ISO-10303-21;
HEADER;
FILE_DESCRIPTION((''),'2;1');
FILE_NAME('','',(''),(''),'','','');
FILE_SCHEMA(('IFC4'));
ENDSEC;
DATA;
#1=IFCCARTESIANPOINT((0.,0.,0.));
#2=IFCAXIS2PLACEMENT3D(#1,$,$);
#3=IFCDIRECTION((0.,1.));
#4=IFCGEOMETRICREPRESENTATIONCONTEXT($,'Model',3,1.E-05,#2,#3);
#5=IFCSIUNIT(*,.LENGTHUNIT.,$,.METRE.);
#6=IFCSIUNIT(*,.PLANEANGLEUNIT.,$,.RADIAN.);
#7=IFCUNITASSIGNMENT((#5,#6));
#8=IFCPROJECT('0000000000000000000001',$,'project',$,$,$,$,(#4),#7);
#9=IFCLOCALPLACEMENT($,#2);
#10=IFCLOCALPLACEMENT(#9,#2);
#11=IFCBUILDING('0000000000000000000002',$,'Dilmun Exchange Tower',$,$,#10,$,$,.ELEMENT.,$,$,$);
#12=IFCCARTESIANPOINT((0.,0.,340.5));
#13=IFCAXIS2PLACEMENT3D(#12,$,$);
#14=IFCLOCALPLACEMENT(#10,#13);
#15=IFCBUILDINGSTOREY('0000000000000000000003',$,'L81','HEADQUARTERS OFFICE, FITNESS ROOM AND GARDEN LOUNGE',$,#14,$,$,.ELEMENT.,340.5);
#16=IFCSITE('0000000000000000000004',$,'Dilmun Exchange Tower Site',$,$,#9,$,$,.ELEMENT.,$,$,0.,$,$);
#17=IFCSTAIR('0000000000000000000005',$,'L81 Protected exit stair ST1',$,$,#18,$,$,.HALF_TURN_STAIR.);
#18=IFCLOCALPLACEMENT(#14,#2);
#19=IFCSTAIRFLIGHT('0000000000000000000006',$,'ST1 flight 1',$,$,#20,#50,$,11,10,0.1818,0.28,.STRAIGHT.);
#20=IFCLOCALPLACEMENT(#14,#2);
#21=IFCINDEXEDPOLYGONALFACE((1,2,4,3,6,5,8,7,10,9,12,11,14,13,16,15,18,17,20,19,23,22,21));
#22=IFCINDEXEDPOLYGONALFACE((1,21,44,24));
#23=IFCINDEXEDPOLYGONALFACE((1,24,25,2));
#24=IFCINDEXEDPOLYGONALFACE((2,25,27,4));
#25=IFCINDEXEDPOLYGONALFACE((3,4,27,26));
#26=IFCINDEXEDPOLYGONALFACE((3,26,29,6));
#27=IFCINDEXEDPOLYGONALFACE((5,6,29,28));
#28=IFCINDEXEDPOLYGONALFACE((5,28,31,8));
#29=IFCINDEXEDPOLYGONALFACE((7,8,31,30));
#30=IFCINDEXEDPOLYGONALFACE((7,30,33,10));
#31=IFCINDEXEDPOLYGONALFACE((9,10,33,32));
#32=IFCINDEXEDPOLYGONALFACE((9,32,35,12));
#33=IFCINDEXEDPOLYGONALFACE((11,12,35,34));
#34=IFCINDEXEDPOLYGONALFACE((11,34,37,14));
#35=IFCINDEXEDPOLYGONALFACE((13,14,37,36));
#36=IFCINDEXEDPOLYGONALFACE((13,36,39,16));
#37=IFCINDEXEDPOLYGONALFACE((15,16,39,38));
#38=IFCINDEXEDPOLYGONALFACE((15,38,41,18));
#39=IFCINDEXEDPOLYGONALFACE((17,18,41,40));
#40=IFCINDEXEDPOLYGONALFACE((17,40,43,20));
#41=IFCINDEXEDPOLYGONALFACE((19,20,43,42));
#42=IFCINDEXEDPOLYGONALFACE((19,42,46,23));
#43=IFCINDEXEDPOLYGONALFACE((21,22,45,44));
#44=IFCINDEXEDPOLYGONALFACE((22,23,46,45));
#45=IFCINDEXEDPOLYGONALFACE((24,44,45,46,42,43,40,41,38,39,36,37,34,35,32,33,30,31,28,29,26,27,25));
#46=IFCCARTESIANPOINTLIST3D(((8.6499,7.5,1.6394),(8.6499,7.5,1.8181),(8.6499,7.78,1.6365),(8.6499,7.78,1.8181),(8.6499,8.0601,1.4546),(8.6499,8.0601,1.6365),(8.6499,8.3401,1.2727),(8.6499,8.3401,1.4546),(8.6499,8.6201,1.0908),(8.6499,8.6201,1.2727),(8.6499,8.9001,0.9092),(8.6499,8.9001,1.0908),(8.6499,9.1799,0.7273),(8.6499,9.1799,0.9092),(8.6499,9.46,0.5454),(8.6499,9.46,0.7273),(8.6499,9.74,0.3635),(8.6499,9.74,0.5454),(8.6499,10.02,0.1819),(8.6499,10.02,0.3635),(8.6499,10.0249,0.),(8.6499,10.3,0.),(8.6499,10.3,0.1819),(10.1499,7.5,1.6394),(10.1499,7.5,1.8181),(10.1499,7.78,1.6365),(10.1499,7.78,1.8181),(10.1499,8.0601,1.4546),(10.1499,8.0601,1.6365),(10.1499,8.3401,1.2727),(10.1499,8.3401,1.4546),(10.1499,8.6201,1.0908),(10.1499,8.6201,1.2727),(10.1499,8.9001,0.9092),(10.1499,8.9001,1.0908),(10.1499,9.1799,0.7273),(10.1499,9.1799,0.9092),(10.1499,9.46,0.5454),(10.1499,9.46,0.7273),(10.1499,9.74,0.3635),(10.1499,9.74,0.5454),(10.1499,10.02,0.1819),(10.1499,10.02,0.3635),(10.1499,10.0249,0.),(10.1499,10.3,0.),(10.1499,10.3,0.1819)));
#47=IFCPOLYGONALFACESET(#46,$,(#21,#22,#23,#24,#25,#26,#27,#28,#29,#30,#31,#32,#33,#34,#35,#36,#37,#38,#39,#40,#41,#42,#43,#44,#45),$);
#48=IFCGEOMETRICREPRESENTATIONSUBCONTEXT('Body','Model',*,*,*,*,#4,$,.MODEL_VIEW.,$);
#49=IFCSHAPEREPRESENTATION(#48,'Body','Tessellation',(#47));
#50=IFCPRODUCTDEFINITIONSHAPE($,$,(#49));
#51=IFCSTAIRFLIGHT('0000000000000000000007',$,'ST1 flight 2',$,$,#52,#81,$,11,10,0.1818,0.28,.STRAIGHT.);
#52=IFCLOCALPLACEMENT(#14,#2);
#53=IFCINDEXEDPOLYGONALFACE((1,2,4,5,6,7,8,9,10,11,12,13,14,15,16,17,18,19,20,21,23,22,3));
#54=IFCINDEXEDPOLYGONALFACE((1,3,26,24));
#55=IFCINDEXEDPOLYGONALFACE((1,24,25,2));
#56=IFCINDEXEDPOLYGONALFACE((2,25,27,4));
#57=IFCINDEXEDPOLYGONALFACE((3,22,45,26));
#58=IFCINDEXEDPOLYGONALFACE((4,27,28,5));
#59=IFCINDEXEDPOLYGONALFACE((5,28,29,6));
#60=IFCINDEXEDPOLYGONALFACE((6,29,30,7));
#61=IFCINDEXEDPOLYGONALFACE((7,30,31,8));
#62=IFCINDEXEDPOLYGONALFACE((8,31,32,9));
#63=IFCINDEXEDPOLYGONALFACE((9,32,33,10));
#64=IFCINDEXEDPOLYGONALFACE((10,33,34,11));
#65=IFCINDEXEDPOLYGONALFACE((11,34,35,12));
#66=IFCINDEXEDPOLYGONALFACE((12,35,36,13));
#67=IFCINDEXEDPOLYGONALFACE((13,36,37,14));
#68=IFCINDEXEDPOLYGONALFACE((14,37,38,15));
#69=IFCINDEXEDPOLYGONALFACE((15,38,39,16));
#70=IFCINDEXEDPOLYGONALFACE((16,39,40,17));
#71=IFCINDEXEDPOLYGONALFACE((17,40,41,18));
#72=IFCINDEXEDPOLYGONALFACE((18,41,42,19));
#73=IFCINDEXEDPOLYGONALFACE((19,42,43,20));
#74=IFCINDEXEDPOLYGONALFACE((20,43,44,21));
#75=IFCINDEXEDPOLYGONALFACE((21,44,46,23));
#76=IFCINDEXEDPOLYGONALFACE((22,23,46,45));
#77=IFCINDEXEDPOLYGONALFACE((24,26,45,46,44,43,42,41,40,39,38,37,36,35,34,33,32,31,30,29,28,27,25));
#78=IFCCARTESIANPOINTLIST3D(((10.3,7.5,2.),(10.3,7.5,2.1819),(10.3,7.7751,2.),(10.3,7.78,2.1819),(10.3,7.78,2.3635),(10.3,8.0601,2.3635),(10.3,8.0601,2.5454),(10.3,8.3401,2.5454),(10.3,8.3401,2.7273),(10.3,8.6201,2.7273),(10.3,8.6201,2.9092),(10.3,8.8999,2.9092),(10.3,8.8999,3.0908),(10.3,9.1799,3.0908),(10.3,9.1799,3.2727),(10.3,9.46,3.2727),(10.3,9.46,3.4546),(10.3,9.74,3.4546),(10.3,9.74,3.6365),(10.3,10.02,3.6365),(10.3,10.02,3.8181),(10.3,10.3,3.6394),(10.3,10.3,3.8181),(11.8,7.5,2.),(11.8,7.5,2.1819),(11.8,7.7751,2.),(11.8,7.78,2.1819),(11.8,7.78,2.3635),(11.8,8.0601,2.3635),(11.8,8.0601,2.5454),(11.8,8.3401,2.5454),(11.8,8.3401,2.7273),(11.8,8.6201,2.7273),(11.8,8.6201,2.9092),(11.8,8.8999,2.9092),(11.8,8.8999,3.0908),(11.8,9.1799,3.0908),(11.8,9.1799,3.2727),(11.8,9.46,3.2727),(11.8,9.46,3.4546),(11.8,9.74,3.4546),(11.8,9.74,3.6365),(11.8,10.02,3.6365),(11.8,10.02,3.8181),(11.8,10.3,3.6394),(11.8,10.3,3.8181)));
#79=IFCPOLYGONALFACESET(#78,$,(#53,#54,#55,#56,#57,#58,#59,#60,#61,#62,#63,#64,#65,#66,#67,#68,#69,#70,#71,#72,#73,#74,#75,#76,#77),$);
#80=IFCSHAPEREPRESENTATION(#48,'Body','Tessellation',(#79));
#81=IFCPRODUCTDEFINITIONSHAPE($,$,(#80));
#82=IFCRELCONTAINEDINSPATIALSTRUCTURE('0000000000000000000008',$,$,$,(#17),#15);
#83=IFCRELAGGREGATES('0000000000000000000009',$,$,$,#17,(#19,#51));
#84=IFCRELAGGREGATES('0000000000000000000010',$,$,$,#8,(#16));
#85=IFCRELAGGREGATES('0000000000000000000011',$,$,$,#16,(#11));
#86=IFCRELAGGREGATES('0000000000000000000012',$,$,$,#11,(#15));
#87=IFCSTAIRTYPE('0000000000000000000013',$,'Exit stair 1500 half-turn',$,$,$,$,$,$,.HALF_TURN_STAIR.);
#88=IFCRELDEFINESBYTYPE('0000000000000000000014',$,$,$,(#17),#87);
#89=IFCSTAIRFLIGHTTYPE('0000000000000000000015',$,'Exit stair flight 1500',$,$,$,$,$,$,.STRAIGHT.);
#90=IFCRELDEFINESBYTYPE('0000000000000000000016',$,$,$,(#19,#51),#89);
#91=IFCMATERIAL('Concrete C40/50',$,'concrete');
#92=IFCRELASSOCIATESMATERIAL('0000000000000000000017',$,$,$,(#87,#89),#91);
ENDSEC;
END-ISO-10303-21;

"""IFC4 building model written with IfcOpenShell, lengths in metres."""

from ifc_helpers import new_model, si_unit, direction, frame, origin, place, context, subcontext, project, spatial, polyline, outline, extrude, material, type_object, element, aggregate, save


model = new_model("IFC4")

# Units and contexts
model_context = context("Model", 3, precision=1e-05, world=origin(), true_north=direction((0.0, 1.0)))
body_context = subcontext(model_context, "Body", "Model", "MODEL_VIEW")
ifc_project = project(units=[si_unit("LENGTHUNIT", "METRE"), si_unit("PLANEANGLEUNIT", "RADIAN")], contexts=[model_context])

# Site, building, storey
site_placement = place(None, origin())
site = spatial("IfcSite", under=ifc_project, at=site_placement, Name="Dilmun Exchange Tower Site", CompositionType="ELEMENT", RefElevation=0.0)
building_placement = place(site_placement, origin())
building = spatial("IfcBuilding", under=site, at=building_placement, Name="Dilmun Exchange Tower", CompositionType="ELEMENT")
storey_placement = place(building_placement, frame((0.0, 0.0, 340.5)))
storey = spatial("IfcBuildingStorey", under=building, at=storey_placement, Name="L81", Description="HEADQUARTERS OFFICE, FITNESS ROOM AND GARDEN LOUNGE", CompositionType="ELEMENT", Elevation=340.5)

# Shared definitions
ifc_material_1 = material(Name="Concrete C40/50", Category="concrete")

# Stair, stair flights
stair_type = type_object("IfcStairType", Name="Exit stair 1500 half-turn", PredefinedType="HALF_TURN_STAIR", material=ifc_material_1)
stair_placement = place(storey_placement, origin())
stair = element("IfcStair", 1, at=stair_placement, inside=storey, type_object=stair_type, Name="L81 Protected exit stair ST1", PredefinedType="HALF_TURN_STAIR")
stair_flight_type = type_object("IfcStairFlightType", Name="Exit stair flight 1500", PredefinedType="STRAIGHT", material=ifc_material_1)
stair_flight_1_placement = place(storey_placement, frame((9.3999, 10.3, 0.0), z_axis=(0.0, 0.0, 1.0), x_axis=(0.0, -1.0, 0.0)))
stair_flight_1 = element("IfcStairFlight", 2, at=stair_flight_1_placement, type_object=stair_flight_type, Name="ST1 flight 1", NumberOfRisers=11, NumberOfTreads=10, PredefinedType="STRAIGHT", RiserHeight=0.1818, TreadLength=0.28, context=body_context, shape_type="SweptSolid", body=[
    extrude(outline(polyline([(0.0, 0.0), (0.0, 0.1819), (0.28, 0.1819), (0.28, 0.3635), (0.5601, 0.3635), (0.5601, 0.5454), (0.8401, 0.5454), (0.8401, 0.7273), (1.1201, 0.7273), (1.1201, 0.9092), (1.3999, 0.9092), (1.3999, 1.0908), (1.6799, 1.0908), (1.6799, 1.2727), (1.96, 1.2727), (1.96, 1.4546), (2.24, 1.4546), (2.24, 1.6365), (2.52, 1.6365), (2.52, 1.8181), (2.8, 1.8181), (2.8, 2.0), (2.8, 1.6394), (0.2751, 0.0), (0.0, 0.0)])), frame((0.0, 0.75, 0.0), z_axis=(0.0, -1.0, 0.0), x_axis=(1.0, 0.0, 0.0)), (0.0, 0.0, 1.0), 1.5),
])
stair_flight_2_placement = place(storey_placement, frame((11.05, 7.5, 2.0), z_axis=(0.0, 0.0, 1.0), x_axis=(0.0, 1.0, 0.0)))
stair_flight_2 = element("IfcStairFlight", 3, at=stair_flight_2_placement, type_object=stair_flight_type, Name="ST1 flight 2", NumberOfRisers=11, NumberOfTreads=10, PredefinedType="STRAIGHT", RiserHeight=0.1818, TreadLength=0.28, context=body_context, shape_type="SweptSolid", body=[
    extrude(outline(polyline([(0.0, 0.0), (0.0, 0.1819), (0.28, 0.1819), (0.28, 0.3635), (0.5601, 0.3635), (0.5601, 0.5454), (0.8401, 0.5454), (0.8401, 0.7273), (1.1201, 0.7273), (1.1201, 0.9092), (1.3999, 0.9092), (1.3999, 1.0908), (1.6799, 1.0908), (1.6799, 1.2727), (1.96, 1.2727), (1.96, 1.4546), (2.24, 1.4546), (2.24, 1.6365), (2.52, 1.6365), (2.52, 1.8181), (2.8, 1.8181), (2.8, 2.0), (2.8, 1.6394), (0.2751, 0.0), (0.0, 0.0)])), frame((0.0, 0.75, 0.0), z_axis=(0.0, -1.0, 0.0), x_axis=(1.0, 0.0, 0.0)), (0.0, 0.0, 1.0), 1.5),
])
aggregate(stair, [stair_flight_1, stair_flight_2])

save(model, "model.ifc")
